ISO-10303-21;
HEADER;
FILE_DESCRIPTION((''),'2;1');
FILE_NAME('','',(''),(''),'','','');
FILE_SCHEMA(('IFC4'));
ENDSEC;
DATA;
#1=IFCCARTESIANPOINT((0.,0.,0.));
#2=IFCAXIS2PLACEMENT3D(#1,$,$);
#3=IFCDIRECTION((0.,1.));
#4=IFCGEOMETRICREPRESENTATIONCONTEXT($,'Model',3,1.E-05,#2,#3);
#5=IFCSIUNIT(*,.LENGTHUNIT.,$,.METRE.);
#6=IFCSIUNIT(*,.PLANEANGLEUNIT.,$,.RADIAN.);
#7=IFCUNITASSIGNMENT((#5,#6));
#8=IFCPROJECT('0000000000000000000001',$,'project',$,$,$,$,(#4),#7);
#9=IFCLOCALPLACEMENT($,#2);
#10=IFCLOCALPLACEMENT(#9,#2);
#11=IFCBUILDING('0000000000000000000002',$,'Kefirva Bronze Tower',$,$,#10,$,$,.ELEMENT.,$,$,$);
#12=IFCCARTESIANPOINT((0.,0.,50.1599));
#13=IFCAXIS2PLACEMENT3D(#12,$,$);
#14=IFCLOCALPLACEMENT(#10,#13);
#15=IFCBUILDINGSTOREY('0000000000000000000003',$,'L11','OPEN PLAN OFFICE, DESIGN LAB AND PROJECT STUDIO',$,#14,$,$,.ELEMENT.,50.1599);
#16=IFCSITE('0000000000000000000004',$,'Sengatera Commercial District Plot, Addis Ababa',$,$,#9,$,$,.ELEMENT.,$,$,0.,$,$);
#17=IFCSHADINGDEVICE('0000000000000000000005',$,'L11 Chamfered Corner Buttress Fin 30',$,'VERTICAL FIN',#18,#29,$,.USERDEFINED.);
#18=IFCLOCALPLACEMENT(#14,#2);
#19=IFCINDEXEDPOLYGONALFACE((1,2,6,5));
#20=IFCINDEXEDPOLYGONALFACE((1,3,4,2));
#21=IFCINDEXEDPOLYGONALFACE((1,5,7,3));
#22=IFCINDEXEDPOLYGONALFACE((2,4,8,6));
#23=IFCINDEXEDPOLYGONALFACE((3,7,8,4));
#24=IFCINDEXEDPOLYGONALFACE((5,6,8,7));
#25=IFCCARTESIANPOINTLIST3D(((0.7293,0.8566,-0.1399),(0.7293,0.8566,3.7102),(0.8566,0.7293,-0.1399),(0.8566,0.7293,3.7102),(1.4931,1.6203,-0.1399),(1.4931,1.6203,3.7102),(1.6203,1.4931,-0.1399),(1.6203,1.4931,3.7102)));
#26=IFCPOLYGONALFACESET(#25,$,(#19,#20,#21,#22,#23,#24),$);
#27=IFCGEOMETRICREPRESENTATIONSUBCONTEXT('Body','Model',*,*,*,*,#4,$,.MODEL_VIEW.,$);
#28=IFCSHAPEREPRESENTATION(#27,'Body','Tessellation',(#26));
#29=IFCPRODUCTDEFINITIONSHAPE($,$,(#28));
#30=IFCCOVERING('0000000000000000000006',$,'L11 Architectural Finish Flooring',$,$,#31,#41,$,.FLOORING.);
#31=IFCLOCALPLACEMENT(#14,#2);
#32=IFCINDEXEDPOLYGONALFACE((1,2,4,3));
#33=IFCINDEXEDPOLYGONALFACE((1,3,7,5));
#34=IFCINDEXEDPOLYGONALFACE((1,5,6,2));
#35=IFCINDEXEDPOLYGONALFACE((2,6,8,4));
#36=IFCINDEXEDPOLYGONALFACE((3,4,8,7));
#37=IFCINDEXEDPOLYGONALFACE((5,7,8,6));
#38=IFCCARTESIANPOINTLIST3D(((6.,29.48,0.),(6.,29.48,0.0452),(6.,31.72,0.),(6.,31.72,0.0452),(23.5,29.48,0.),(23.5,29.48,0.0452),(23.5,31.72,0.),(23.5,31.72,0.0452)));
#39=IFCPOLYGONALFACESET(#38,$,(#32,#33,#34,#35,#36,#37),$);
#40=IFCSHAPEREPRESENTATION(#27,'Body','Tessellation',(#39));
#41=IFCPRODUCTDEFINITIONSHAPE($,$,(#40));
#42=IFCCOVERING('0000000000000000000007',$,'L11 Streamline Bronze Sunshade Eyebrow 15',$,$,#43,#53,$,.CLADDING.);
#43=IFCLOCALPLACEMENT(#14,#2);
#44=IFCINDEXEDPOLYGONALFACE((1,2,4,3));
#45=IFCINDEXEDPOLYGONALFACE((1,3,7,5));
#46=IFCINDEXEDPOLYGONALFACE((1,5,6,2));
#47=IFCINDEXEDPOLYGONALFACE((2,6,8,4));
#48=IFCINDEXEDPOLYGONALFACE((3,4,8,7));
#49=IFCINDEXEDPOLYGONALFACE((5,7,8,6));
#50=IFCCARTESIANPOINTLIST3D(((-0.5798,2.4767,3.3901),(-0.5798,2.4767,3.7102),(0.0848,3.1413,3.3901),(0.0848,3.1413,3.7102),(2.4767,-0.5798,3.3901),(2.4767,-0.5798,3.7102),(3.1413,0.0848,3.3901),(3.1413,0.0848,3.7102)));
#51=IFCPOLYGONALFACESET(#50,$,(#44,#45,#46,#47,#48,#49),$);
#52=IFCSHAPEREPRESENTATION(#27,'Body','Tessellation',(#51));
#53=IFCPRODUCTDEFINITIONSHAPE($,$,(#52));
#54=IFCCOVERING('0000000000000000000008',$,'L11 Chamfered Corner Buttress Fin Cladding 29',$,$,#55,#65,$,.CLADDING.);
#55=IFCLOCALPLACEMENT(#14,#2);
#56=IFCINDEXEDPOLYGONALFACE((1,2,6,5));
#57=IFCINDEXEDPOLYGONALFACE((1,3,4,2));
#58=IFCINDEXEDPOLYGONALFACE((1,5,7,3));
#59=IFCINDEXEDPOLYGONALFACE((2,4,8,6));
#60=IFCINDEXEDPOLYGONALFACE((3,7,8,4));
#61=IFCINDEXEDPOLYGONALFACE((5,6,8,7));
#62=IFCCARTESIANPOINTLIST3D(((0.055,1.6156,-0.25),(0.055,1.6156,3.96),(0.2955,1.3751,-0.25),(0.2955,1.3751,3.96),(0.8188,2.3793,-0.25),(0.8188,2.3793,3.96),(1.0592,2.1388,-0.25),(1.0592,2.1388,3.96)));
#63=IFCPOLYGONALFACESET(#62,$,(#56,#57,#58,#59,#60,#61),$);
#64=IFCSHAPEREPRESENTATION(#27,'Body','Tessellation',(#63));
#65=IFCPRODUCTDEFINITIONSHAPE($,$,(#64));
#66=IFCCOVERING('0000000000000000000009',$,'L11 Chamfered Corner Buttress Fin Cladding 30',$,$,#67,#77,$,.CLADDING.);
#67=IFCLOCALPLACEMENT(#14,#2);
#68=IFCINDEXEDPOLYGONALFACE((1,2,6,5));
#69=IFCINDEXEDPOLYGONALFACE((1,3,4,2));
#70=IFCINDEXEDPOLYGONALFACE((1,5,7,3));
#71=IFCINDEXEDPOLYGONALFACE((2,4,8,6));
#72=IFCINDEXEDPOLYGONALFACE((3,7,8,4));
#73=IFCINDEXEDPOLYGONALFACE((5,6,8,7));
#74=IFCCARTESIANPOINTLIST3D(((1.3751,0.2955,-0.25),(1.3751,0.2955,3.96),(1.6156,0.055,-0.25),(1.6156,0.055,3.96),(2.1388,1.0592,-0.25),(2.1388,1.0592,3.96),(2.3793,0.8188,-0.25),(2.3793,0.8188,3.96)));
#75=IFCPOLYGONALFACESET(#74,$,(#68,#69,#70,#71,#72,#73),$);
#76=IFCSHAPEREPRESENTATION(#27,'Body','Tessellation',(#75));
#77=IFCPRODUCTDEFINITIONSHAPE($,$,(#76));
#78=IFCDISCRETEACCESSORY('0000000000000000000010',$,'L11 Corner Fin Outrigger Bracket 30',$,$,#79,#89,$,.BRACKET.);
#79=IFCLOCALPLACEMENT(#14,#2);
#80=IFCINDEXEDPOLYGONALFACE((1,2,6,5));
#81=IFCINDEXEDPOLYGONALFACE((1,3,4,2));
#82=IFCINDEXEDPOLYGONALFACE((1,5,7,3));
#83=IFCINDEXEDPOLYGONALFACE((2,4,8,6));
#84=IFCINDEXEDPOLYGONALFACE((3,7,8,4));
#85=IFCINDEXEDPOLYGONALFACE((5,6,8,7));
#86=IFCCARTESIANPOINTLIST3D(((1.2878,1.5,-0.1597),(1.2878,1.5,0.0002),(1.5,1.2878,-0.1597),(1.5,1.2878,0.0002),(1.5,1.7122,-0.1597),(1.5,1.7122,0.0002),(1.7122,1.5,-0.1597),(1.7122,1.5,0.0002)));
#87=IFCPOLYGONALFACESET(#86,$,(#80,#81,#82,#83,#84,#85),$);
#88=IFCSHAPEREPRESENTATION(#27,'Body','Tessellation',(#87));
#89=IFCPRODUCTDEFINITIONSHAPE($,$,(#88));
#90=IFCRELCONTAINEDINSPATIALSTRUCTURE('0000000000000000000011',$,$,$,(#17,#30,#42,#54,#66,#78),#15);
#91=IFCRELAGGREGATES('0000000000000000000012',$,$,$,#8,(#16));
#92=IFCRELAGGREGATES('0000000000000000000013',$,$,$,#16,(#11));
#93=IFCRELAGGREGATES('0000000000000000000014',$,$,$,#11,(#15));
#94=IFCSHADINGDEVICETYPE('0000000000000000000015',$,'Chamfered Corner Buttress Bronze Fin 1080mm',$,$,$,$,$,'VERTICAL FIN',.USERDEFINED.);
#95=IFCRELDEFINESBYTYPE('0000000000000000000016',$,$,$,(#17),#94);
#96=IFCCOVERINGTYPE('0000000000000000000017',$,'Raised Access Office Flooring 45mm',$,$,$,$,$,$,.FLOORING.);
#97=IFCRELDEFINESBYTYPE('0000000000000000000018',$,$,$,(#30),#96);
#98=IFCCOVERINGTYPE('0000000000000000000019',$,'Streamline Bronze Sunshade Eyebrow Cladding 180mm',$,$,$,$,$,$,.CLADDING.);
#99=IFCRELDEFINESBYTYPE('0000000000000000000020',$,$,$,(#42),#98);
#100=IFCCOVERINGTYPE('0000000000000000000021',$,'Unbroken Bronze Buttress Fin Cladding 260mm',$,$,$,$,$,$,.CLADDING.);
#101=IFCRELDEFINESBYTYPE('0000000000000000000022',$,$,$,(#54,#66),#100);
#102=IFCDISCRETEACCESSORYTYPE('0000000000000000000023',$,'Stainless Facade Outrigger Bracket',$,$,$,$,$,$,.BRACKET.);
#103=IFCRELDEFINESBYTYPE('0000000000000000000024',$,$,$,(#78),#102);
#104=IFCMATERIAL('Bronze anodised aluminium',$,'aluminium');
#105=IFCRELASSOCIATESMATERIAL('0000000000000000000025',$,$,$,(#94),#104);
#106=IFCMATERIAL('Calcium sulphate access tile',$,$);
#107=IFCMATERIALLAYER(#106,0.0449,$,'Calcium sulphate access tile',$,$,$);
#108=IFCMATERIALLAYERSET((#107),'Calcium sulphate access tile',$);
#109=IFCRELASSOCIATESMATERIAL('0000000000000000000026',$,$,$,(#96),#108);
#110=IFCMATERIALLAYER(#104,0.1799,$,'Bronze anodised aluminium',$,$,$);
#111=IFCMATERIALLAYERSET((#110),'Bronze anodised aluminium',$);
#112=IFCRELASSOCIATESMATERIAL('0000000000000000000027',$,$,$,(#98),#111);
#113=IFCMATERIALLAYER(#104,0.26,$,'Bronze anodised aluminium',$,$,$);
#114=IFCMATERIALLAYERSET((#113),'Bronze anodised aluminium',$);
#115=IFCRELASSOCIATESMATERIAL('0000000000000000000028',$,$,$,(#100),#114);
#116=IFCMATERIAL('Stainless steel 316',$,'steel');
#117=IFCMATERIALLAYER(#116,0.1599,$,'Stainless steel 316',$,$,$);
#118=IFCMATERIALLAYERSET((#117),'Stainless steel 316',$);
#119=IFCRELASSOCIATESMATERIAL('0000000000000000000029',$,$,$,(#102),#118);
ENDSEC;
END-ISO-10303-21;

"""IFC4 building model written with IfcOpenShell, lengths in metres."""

from ifc_helpers import new_model, si_unit, direction, frame, origin, origin_2d, place, context, subcontext, project, spatial, polyline, rectangle, outline, extrude, material, layer, layer_set, material_profile, profile_set, type_object, element, save


model = new_model("IFC4")

# Units and contexts
model_context = context("Model", 3, precision=1e-05, world=origin(), true_north=direction((0.0, 1.0)))
body_context = subcontext(model_context, "Body", "Model", "MODEL_VIEW")
ifc_project = project(units=[si_unit("LENGTHUNIT", "METRE"), si_unit("PLANEANGLEUNIT", "RADIAN")], contexts=[model_context])

# Site, building, storey
site_placement = place(None, origin())
site = spatial("IfcSite", under=ifc_project, at=site_placement, Name="Sengatera Commercial District Plot, Addis Ababa", CompositionType="ELEMENT", RefElevation=0.0)
building_placement = place(site_placement, origin())
building = spatial("IfcBuilding", under=site, at=building_placement, Name="Kefirva Bronze Tower", CompositionType="ELEMENT")
storey_placement = place(building_placement, frame((0.0, 0.0, 50.1599)))
storey = spatial("IfcBuildingStorey", under=building, at=storey_placement, Name="L11", Description="OPEN PLAN OFFICE, DESIGN LAB AND PROJECT STUDIO", CompositionType="ELEMENT", Elevation=50.1599)

# Shared definitions
ifc_material_1 = material(Name="Bronze anodised aluminium", Category="aluminium")

# Shading device
ifc_material_profile_1 = material_profile(ifc_material_1, rectangle(XDim=0.1799, YDim=1.0801, at=origin_2d()), Name="BRONZE BUTTRESS FIN 180x1080")
ifc_profile_set_1 = profile_set([ifc_material_profile_1], Name="Bronze anodised aluminium")
shading_device_type = type_object("IfcShadingDeviceType", Name="Chamfered Corner Buttress Bronze Fin 1080mm", ElementType="VERTICAL FIN", PredefinedType="USERDEFINED", material=ifc_profile_set_1)
shading_device_placement = place(storey_placement, frame((1.1748, 1.1748, -0.1399), z_axis=(0.0, 0.0, 1.0), x_axis=(0.707107, -0.707107, 0.0)))
element("IfcShadingDevice", 1, at=shading_device_placement, inside=storey, type_object=shading_device_type, Name="L11 Chamfered Corner Buttress Fin 30", ObjectType="VERTICAL FIN", PredefinedType="USERDEFINED", context=body_context, shape_type="SweptSolid", body=[
    extrude(rectangle(XDim=0.1799, YDim=1.0801, at=origin_2d()), origin(), (0.0, 0.0, 1.0), 3.8501),
])

# Coverings
ifc_material_2 = material(Name="Calcium sulphate access tile")
ifc_layer_1 = layer(ifc_material_2, 0.0449, Name="Calcium sulphate access tile")
ifc_layer_set_1 = layer_set([ifc_layer_1], Name="Calcium sulphate access tile")
covering_type_1 = type_object("IfcCoveringType", Name="Raised Access Office Flooring 45mm", PredefinedType="FLOORING", material=ifc_layer_set_1)
covering_1_placement = place(storey_placement, origin())
element("IfcCovering", 2, at=covering_1_placement, inside=storey, type_object=covering_type_1, Name="L11 Architectural Finish Flooring", PredefinedType="FLOORING", context=body_context, shape_type="SweptSolid", body=[
    extrude(outline(polyline([(6.0, 29.48), (23.5, 29.48), (23.5, 31.72), (6.0, 31.72), (6.0, 29.48)])), origin(), (0.0, 0.0, 1.0), 0.0452),
])
ifc_layer_2 = layer(ifc_material_1, 0.1799, Name="Bronze anodised aluminium")
ifc_layer_set_2 = layer_set([ifc_layer_2], Name="Bronze anodised aluminium")
covering_type_2 = type_object("IfcCoveringType", Name="Streamline Bronze Sunshade Eyebrow Cladding 180mm", PredefinedType="CLADDING", material=ifc_layer_set_2)
covering_2_placement = place(storey_placement, frame((1.2808, 1.2808, 3.3901), z_axis=(0.0, 0.0, 1.0), x_axis=(0.707107, -0.707107, 0.0)))
element("IfcCovering", 3, at=covering_2_placement, inside=storey, type_object=covering_type_2, Name="L11 Streamline Bronze Sunshade Eyebrow 15", PredefinedType="CLADDING", context=body_context, shape_type="SweptSolid", body=[
    extrude(rectangle(XDim=4.3225, YDim=0.9399, at=origin_2d()), origin(), (0.0, 0.0, 1.0), 0.3201),
])
ifc_layer_3 = layer(ifc_material_1, 0.26, Name="Bronze anodised aluminium")
ifc_layer_set_3 = layer_set([ifc_layer_3], Name="Bronze anodised aluminium")
covering_type_3 = type_object("IfcCoveringType", Name="Unbroken Bronze Buttress Fin Cladding 260mm", PredefinedType="CLADDING", material=ifc_layer_set_3)
for number, where, z_axis, x_axis, name in (
    (4, (0.5571, 1.8772, -0.25), (0.0, 0.0, 1.0), (0.707107, -0.707107, 0.0), "L11 Chamfered Corner Buttress Fin Cladding 29"),
    (5, (1.8772, 0.5571, -0.25), (0.0, 0.0, 1.0), (0.707107, -0.707107, 0.0), "L11 Chamfered Corner Buttress Fin Cladding 30"),
):
    element("IfcCovering", number, at=place(storey_placement, frame(where, z_axis=z_axis, x_axis=x_axis)), inside=storey, type_object=covering_type_3, Name=name, PredefinedType="CLADDING", context=body_context, shape_type="SweptSolid", body=[
        extrude(rectangle(XDim=0.3401, YDim=1.0801, at=origin_2d()), origin(), (0.0, 0.0, 1.0), 4.21),
    ])

# Discrete accessory
ifc_material_3 = material(Name="Stainless steel 316", Category="steel")
ifc_layer_4 = layer(ifc_material_3, 0.1599, Name="Stainless steel 316")
ifc_layer_set_4 = layer_set([ifc_layer_4], Name="Stainless steel 316")
discrete_accessory_type = type_object("IfcDiscreteAccessoryType", Name="Stainless Facade Outrigger Bracket", PredefinedType="BRACKET", material=ifc_layer_set_4)
discrete_accessory_placement = place(storey_placement, frame((1.5, 1.5, -0.1597), z_axis=(0.0, 0.0, 1.0), x_axis=(0.707107, -0.707107, 0.0)))
element("IfcDiscreteAccessory", 6, at=discrete_accessory_placement, inside=storey, type_object=discrete_accessory_type, Name="L11 Corner Fin Outrigger Bracket 30", PredefinedType="BRACKET", context=body_context, shape_type="SweptSolid", body=[
    extrude(rectangle(XDim=0.3, YDim=0.3, at=origin_2d()), origin(), (0.0, 0.0, 1.0), 0.1599),
])

save(model, "model.ifc")
